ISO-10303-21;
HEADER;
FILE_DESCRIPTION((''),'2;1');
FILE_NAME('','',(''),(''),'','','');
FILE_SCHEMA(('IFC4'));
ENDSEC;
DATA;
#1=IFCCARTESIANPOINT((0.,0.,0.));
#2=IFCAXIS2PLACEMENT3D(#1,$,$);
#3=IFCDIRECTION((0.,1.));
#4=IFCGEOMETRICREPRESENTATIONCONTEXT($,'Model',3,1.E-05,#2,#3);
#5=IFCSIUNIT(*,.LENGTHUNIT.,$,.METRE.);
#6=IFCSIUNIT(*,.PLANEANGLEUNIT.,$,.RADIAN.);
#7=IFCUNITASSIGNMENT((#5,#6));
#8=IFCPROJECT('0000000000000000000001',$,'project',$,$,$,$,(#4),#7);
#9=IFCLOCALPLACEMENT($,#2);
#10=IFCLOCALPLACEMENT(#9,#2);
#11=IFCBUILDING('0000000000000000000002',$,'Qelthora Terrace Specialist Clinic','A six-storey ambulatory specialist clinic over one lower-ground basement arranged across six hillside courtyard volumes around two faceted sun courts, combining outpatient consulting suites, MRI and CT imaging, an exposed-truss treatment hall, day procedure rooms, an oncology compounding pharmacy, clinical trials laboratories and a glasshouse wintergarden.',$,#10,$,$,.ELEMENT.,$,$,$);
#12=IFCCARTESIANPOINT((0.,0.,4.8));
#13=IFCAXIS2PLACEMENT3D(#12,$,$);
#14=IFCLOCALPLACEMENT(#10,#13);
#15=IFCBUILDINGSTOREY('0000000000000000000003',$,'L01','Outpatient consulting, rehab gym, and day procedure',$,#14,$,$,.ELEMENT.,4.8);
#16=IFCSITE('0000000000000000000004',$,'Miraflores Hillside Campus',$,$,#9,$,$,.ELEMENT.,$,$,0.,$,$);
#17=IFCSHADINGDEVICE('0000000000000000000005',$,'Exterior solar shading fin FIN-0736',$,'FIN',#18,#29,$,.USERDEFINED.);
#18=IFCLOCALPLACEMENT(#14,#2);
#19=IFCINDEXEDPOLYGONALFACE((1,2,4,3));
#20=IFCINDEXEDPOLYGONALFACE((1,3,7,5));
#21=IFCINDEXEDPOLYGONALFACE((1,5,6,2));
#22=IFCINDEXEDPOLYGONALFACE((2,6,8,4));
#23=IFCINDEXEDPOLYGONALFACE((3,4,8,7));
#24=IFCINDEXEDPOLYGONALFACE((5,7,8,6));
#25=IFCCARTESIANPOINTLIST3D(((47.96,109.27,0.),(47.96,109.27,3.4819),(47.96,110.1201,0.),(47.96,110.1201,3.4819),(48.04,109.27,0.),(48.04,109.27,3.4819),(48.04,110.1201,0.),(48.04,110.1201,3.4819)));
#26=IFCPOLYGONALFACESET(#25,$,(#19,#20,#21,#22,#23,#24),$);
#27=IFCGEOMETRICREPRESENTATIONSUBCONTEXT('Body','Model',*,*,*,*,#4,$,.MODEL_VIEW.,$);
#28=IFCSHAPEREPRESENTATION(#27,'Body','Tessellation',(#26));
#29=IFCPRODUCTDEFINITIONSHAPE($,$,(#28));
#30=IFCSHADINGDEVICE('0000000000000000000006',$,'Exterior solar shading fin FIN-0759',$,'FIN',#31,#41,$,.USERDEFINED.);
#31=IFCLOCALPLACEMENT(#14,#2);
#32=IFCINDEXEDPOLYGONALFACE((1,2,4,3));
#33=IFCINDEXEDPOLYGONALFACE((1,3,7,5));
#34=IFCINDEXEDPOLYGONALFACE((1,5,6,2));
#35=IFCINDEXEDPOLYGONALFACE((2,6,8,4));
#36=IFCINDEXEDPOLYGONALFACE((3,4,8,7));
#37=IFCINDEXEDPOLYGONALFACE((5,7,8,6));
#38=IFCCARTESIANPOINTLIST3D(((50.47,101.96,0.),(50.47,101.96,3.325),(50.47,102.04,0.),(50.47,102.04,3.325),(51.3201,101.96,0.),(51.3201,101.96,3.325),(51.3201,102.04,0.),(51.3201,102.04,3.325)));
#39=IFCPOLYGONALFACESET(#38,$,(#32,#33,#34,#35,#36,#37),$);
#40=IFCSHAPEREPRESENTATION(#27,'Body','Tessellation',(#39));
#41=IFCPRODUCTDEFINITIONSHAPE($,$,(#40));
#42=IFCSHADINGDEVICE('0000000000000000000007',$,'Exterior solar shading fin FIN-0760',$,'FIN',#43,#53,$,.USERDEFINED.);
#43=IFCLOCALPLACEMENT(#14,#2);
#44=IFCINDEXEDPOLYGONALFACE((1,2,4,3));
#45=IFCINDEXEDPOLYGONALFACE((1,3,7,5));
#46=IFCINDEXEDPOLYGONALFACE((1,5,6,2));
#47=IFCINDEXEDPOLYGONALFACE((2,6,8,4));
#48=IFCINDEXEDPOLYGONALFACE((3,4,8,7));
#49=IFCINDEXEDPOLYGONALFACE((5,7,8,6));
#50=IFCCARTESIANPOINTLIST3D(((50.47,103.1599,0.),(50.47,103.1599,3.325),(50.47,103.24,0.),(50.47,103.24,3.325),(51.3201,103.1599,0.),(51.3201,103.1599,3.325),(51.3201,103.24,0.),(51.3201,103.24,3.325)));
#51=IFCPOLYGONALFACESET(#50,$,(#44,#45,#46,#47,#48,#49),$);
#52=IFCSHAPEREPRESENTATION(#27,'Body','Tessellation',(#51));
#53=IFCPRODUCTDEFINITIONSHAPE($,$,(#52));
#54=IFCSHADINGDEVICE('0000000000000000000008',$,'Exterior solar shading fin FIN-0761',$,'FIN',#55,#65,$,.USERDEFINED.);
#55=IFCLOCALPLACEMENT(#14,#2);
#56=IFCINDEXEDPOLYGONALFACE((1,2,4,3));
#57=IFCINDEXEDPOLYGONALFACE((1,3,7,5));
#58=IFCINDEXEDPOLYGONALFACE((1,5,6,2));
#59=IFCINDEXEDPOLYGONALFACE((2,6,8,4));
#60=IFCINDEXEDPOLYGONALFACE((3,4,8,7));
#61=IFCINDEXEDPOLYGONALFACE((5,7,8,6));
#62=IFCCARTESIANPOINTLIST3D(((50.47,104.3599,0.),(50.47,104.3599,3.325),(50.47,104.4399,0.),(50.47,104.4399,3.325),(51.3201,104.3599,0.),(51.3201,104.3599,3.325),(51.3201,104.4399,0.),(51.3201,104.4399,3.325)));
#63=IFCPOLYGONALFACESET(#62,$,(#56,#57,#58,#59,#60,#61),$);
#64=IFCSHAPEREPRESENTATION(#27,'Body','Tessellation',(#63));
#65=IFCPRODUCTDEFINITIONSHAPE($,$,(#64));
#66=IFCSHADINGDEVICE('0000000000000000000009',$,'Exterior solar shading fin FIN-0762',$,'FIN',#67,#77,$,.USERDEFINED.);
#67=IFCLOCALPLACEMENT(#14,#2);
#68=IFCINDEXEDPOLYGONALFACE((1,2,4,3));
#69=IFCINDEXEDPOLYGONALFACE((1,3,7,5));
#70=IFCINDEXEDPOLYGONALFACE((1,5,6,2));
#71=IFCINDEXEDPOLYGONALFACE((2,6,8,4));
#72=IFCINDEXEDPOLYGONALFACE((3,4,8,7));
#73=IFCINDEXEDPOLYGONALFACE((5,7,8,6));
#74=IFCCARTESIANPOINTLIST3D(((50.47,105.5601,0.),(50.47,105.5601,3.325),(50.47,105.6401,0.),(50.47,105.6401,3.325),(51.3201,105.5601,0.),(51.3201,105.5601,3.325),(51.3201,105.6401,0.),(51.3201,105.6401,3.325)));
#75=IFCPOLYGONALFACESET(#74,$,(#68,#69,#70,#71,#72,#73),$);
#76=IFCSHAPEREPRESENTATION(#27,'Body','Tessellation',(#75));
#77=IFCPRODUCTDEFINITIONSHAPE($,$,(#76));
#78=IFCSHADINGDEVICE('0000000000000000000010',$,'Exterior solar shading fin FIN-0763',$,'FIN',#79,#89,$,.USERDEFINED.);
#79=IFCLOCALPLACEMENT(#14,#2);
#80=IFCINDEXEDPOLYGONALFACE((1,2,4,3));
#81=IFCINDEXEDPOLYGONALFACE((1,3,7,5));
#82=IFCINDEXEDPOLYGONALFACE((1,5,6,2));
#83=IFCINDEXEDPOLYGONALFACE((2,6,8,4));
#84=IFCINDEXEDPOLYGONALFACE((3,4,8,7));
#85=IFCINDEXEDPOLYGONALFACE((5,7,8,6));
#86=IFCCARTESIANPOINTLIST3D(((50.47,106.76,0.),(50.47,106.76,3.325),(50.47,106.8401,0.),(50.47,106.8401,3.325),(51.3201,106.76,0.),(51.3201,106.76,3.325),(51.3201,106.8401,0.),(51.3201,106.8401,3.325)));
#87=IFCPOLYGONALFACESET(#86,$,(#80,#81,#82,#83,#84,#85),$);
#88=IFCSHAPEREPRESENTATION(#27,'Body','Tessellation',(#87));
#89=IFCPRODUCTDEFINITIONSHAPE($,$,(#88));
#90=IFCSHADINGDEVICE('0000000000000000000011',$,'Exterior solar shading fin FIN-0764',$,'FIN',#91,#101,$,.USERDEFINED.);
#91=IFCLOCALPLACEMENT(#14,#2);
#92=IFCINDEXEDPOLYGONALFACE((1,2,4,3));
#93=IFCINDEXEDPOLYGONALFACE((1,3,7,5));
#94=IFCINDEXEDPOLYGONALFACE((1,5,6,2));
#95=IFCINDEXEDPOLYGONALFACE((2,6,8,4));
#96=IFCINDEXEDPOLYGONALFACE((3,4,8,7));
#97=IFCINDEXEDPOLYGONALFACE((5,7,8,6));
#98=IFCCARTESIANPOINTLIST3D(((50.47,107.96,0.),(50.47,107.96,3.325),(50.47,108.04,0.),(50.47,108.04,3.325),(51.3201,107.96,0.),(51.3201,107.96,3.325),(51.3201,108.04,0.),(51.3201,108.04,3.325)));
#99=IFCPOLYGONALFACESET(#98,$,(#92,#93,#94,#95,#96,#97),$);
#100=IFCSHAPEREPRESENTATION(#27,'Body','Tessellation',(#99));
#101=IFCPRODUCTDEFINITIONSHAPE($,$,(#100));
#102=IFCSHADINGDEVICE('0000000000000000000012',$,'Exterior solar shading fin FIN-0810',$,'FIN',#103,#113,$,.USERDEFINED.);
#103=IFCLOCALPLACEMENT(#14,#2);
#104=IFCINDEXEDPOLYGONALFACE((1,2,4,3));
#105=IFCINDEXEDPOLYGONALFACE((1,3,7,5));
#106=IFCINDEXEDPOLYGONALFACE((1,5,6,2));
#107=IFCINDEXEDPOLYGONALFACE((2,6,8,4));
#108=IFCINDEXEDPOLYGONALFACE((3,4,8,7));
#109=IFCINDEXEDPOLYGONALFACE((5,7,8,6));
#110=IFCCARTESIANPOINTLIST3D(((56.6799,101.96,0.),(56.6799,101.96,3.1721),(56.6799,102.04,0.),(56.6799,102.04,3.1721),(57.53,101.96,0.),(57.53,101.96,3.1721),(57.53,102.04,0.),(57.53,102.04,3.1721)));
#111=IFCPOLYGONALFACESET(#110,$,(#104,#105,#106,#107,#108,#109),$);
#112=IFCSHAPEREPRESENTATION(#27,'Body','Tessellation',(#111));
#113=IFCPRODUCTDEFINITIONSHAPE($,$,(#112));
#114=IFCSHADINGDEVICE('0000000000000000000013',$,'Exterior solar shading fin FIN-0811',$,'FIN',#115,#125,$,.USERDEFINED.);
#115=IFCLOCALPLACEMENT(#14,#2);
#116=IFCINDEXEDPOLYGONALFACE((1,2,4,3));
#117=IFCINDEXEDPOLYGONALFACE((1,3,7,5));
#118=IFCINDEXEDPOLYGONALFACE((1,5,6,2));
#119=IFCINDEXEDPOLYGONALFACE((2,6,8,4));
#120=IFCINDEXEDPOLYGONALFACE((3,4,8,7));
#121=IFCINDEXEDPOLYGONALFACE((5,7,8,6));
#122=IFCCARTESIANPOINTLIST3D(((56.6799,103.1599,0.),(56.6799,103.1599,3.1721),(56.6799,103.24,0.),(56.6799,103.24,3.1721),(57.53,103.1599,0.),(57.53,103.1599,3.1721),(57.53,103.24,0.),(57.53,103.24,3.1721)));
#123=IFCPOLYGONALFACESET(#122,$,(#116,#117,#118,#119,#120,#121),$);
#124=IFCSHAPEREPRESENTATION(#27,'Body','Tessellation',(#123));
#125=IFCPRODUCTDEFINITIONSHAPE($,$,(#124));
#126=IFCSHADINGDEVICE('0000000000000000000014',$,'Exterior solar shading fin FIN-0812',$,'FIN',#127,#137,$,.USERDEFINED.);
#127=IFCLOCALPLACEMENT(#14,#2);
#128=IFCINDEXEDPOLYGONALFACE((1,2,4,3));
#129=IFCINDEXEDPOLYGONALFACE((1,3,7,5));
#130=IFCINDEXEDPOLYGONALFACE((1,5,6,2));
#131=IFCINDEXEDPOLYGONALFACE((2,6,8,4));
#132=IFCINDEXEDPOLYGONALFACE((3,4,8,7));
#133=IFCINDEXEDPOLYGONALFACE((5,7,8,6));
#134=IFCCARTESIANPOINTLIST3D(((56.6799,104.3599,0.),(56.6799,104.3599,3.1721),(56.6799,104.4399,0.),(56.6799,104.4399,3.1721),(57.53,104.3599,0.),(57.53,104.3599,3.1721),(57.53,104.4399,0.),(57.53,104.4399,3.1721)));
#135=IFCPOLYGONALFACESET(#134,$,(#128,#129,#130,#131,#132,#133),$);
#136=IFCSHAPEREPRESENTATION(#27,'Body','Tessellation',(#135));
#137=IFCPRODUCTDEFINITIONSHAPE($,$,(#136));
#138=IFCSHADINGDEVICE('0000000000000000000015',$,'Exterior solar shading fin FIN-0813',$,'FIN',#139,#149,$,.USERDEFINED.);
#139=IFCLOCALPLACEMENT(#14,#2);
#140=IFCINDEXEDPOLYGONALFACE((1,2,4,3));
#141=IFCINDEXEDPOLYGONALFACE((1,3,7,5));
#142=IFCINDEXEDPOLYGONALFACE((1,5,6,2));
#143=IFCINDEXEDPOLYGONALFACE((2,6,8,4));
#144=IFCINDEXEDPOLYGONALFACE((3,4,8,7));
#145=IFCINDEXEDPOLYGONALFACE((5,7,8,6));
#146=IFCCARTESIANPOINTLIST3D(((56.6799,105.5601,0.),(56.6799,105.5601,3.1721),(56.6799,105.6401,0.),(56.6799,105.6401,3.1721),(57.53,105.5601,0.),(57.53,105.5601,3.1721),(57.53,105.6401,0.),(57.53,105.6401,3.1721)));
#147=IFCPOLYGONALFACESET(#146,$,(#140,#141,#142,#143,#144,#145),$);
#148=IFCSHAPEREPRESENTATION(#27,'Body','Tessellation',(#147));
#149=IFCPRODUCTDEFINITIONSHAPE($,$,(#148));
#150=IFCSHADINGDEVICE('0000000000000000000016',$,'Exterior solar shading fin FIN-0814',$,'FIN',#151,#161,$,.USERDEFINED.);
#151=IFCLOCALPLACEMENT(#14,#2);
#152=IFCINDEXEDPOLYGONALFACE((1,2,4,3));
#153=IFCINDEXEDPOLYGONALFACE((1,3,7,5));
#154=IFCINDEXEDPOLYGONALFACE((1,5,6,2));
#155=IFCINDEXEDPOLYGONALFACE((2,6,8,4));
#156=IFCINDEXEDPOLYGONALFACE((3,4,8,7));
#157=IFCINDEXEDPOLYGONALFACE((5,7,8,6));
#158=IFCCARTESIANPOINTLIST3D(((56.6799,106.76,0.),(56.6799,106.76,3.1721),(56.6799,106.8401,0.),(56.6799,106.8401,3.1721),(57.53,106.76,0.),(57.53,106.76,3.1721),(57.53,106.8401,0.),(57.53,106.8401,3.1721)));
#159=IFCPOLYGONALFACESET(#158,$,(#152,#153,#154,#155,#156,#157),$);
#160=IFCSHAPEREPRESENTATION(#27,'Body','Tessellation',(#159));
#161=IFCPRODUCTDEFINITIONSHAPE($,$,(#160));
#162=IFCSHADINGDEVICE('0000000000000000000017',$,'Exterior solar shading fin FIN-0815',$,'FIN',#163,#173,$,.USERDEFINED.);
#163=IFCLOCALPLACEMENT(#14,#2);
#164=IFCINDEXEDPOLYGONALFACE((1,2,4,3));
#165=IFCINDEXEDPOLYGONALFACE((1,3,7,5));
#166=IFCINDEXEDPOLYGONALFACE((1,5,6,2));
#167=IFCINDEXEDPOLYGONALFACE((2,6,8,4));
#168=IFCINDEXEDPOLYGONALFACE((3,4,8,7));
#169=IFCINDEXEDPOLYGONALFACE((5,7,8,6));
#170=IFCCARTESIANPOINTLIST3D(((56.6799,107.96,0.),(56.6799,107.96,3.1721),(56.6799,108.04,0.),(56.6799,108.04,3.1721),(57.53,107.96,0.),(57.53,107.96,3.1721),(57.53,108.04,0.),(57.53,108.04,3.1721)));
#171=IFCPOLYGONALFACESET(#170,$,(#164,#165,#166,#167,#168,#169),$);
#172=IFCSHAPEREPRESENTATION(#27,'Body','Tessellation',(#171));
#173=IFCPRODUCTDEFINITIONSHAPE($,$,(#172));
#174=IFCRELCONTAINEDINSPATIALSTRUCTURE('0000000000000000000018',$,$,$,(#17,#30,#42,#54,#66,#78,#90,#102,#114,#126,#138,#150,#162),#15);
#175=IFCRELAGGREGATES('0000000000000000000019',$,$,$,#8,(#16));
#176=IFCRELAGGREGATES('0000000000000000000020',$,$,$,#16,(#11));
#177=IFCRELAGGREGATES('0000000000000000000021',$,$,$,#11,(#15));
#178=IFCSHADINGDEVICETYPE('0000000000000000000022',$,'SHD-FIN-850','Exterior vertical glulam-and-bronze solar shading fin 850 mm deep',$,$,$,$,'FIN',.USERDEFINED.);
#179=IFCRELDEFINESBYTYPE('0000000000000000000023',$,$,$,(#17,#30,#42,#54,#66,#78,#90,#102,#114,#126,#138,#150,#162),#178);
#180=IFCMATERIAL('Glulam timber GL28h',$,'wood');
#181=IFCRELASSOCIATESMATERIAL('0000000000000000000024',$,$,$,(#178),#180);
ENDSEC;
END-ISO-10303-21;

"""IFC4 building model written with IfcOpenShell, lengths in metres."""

from ifc_helpers import new_model, si_unit, direction, frame, origin, origin_2d, place, context, subcontext, project, spatial, rectangle, extrude, material, type_object, element, save


model = new_model("IFC4")

# Units and contexts
model_context = context("Model", 3, precision=1e-05, world=origin(), true_north=direction((0.0, 1.0)))
body_context = subcontext(model_context, "Body", "Model", "MODEL_VIEW")
ifc_project = project(units=[si_unit("LENGTHUNIT", "METRE"), si_unit("PLANEANGLEUNIT", "RADIAN")], contexts=[model_context])

# Site, building, storey
site_placement = place(None, origin())
site = spatial("IfcSite", under=ifc_project, at=site_placement, Name="Miraflores Hillside Campus", CompositionType="ELEMENT", RefElevation=0.0)
building_placement = place(site_placement, origin())
building = spatial("IfcBuilding", under=site, at=building_placement, Name="Qelthora Terrace Specialist Clinic", Description="A six-storey ambulatory specialist clinic over one lower-ground basement arranged across six hillside courtyard volumes around two faceted sun courts, combining outpatient consulting suites, MRI and CT imaging, an exposed-truss treatment hall, day procedure rooms, an oncology compounding pharmacy, clinical trials laboratories and a glasshouse wintergarden.", CompositionType="ELEMENT")
storey_placement = place(building_placement, frame((0.0, 0.0, 4.8)))
storey = spatial("IfcBuildingStorey", under=building, at=storey_placement, Name="L01", Description="Outpatient consulting, rehab gym, and day procedure", CompositionType="ELEMENT", Elevation=4.8)

# Shading devices
ifc_material_1 = material(Name="Glulam timber GL28h", Category="wood")
shading_device_type = type_object("IfcShadingDeviceType", Name="SHD-FIN-850", Description="Exterior vertical glulam-and-bronze solar shading fin 850 mm deep", ElementType="FIN", PredefinedType="USERDEFINED", material=ifc_material_1)
for number, where, z_axis, x_axis, name in (
    (1, (48.0, 109.6951, 0.0), (0.0, 0.0, 1.0), (0.0, 1.0, 0.0), "Exterior solar shading fin FIN-0736"),
):
    element("IfcShadingDevice", number, at=place(storey_placement, frame(where, z_axis=z_axis, x_axis=x_axis)), inside=storey, type_object=shading_device_type, Name=name, ObjectType="FIN", PredefinedType="USERDEFINED", context=body_context, shape_type="SweptSolid", body=[
        extrude(rectangle(XDim=0.8501, YDim=0.0801, at=origin_2d()), origin(), (0.0, 0.0, 1.0), 3.4819),
    ])
for number, where, z_axis, x_axis, name in (
    (2, (50.895, 102.0, 0.0), (0.0, 0.0, 1.0), (1.0, 0.0, 0.0), "Exterior solar shading fin FIN-0759"),
    (3, (50.895, 103.2, 0.0), (0.0, 0.0, 1.0), (1.0, 0.0, 0.0), "Exterior solar shading fin FIN-0760"),
    (4, (50.895, 104.3999, 0.0), (0.0, 0.0, 1.0), (1.0, 0.0, 0.0), "Exterior solar shading fin FIN-0761"),
    (5, (50.895, 105.6001, 0.0), (0.0, 0.0, 1.0), (1.0, 0.0, 0.0), "Exterior solar shading fin FIN-0762"),
    (6, (50.895, 106.8, 0.0), (0.0, 0.0, 1.0), (1.0, 0.0, 0.0), "Exterior solar shading fin FIN-0763"),
    (7, (50.895, 108.0, 0.0), (0.0, 0.0, 1.0), (1.0, 0.0, 0.0), "Exterior solar shading fin FIN-0764"),
):
    element("IfcShadingDevice", number, at=place(storey_placement, frame(where, z_axis=z_axis, x_axis=x_axis)), inside=storey, type_object=shading_device_type, Name=name, ObjectType="FIN", PredefinedType="USERDEFINED", context=body_context, shape_type="SweptSolid", body=[
        extrude(rectangle(XDim=0.8501, YDim=0.0801, at=origin_2d()), origin(), (0.0, 0.0, 1.0), 3.325),
    ])
for number, where, z_axis, x_axis, name in (
    (8, (57.105, 102.0, 0.0), (0.0, 0.0, 1.0), (-1.0, 0.0, 0.0), "Exterior solar shading fin FIN-0810"),
    (9, (57.105, 103.2, 0.0), (0.0, 0.0, 1.0), (-1.0, 0.0, 0.0), "Exterior solar shading fin FIN-0811"),
    (10, (57.105, 104.3999, 0.0), (0.0, 0.0, 1.0), (-1.0, 0.0, 0.0), "Exterior solar shading fin FIN-0812"),
    (11, (57.105, 105.6001, 0.0), (0.0, 0.0, 1.0), (-1.0, 0.0, 0.0), "Exterior solar shading fin FIN-0813"),
    (12, (57.105, 106.8, 0.0), (0.0, 0.0, 1.0), (-1.0, 0.0, 0.0), "Exterior solar shading fin FIN-0814"),
    (13, (57.105, 108.0, 0.0), (0.0, 0.0, 1.0), (-1.0, 0.0, 0.0), "Exterior solar shading fin FIN-0815"),
):
    element("IfcShadingDevice", number, at=place(storey_placement, frame(where, z_axis=z_axis, x_axis=x_axis)), inside=storey, type_object=shading_device_type, Name=name, ObjectType="FIN", PredefinedType="USERDEFINED", context=body_context, shape_type="SweptSolid", body=[
        extrude(rectangle(XDim=0.8501, YDim=0.0801, at=origin_2d()), origin(), (0.0, 0.0, 1.0), 3.1721),
    ])

save(model, "model.ifc")
